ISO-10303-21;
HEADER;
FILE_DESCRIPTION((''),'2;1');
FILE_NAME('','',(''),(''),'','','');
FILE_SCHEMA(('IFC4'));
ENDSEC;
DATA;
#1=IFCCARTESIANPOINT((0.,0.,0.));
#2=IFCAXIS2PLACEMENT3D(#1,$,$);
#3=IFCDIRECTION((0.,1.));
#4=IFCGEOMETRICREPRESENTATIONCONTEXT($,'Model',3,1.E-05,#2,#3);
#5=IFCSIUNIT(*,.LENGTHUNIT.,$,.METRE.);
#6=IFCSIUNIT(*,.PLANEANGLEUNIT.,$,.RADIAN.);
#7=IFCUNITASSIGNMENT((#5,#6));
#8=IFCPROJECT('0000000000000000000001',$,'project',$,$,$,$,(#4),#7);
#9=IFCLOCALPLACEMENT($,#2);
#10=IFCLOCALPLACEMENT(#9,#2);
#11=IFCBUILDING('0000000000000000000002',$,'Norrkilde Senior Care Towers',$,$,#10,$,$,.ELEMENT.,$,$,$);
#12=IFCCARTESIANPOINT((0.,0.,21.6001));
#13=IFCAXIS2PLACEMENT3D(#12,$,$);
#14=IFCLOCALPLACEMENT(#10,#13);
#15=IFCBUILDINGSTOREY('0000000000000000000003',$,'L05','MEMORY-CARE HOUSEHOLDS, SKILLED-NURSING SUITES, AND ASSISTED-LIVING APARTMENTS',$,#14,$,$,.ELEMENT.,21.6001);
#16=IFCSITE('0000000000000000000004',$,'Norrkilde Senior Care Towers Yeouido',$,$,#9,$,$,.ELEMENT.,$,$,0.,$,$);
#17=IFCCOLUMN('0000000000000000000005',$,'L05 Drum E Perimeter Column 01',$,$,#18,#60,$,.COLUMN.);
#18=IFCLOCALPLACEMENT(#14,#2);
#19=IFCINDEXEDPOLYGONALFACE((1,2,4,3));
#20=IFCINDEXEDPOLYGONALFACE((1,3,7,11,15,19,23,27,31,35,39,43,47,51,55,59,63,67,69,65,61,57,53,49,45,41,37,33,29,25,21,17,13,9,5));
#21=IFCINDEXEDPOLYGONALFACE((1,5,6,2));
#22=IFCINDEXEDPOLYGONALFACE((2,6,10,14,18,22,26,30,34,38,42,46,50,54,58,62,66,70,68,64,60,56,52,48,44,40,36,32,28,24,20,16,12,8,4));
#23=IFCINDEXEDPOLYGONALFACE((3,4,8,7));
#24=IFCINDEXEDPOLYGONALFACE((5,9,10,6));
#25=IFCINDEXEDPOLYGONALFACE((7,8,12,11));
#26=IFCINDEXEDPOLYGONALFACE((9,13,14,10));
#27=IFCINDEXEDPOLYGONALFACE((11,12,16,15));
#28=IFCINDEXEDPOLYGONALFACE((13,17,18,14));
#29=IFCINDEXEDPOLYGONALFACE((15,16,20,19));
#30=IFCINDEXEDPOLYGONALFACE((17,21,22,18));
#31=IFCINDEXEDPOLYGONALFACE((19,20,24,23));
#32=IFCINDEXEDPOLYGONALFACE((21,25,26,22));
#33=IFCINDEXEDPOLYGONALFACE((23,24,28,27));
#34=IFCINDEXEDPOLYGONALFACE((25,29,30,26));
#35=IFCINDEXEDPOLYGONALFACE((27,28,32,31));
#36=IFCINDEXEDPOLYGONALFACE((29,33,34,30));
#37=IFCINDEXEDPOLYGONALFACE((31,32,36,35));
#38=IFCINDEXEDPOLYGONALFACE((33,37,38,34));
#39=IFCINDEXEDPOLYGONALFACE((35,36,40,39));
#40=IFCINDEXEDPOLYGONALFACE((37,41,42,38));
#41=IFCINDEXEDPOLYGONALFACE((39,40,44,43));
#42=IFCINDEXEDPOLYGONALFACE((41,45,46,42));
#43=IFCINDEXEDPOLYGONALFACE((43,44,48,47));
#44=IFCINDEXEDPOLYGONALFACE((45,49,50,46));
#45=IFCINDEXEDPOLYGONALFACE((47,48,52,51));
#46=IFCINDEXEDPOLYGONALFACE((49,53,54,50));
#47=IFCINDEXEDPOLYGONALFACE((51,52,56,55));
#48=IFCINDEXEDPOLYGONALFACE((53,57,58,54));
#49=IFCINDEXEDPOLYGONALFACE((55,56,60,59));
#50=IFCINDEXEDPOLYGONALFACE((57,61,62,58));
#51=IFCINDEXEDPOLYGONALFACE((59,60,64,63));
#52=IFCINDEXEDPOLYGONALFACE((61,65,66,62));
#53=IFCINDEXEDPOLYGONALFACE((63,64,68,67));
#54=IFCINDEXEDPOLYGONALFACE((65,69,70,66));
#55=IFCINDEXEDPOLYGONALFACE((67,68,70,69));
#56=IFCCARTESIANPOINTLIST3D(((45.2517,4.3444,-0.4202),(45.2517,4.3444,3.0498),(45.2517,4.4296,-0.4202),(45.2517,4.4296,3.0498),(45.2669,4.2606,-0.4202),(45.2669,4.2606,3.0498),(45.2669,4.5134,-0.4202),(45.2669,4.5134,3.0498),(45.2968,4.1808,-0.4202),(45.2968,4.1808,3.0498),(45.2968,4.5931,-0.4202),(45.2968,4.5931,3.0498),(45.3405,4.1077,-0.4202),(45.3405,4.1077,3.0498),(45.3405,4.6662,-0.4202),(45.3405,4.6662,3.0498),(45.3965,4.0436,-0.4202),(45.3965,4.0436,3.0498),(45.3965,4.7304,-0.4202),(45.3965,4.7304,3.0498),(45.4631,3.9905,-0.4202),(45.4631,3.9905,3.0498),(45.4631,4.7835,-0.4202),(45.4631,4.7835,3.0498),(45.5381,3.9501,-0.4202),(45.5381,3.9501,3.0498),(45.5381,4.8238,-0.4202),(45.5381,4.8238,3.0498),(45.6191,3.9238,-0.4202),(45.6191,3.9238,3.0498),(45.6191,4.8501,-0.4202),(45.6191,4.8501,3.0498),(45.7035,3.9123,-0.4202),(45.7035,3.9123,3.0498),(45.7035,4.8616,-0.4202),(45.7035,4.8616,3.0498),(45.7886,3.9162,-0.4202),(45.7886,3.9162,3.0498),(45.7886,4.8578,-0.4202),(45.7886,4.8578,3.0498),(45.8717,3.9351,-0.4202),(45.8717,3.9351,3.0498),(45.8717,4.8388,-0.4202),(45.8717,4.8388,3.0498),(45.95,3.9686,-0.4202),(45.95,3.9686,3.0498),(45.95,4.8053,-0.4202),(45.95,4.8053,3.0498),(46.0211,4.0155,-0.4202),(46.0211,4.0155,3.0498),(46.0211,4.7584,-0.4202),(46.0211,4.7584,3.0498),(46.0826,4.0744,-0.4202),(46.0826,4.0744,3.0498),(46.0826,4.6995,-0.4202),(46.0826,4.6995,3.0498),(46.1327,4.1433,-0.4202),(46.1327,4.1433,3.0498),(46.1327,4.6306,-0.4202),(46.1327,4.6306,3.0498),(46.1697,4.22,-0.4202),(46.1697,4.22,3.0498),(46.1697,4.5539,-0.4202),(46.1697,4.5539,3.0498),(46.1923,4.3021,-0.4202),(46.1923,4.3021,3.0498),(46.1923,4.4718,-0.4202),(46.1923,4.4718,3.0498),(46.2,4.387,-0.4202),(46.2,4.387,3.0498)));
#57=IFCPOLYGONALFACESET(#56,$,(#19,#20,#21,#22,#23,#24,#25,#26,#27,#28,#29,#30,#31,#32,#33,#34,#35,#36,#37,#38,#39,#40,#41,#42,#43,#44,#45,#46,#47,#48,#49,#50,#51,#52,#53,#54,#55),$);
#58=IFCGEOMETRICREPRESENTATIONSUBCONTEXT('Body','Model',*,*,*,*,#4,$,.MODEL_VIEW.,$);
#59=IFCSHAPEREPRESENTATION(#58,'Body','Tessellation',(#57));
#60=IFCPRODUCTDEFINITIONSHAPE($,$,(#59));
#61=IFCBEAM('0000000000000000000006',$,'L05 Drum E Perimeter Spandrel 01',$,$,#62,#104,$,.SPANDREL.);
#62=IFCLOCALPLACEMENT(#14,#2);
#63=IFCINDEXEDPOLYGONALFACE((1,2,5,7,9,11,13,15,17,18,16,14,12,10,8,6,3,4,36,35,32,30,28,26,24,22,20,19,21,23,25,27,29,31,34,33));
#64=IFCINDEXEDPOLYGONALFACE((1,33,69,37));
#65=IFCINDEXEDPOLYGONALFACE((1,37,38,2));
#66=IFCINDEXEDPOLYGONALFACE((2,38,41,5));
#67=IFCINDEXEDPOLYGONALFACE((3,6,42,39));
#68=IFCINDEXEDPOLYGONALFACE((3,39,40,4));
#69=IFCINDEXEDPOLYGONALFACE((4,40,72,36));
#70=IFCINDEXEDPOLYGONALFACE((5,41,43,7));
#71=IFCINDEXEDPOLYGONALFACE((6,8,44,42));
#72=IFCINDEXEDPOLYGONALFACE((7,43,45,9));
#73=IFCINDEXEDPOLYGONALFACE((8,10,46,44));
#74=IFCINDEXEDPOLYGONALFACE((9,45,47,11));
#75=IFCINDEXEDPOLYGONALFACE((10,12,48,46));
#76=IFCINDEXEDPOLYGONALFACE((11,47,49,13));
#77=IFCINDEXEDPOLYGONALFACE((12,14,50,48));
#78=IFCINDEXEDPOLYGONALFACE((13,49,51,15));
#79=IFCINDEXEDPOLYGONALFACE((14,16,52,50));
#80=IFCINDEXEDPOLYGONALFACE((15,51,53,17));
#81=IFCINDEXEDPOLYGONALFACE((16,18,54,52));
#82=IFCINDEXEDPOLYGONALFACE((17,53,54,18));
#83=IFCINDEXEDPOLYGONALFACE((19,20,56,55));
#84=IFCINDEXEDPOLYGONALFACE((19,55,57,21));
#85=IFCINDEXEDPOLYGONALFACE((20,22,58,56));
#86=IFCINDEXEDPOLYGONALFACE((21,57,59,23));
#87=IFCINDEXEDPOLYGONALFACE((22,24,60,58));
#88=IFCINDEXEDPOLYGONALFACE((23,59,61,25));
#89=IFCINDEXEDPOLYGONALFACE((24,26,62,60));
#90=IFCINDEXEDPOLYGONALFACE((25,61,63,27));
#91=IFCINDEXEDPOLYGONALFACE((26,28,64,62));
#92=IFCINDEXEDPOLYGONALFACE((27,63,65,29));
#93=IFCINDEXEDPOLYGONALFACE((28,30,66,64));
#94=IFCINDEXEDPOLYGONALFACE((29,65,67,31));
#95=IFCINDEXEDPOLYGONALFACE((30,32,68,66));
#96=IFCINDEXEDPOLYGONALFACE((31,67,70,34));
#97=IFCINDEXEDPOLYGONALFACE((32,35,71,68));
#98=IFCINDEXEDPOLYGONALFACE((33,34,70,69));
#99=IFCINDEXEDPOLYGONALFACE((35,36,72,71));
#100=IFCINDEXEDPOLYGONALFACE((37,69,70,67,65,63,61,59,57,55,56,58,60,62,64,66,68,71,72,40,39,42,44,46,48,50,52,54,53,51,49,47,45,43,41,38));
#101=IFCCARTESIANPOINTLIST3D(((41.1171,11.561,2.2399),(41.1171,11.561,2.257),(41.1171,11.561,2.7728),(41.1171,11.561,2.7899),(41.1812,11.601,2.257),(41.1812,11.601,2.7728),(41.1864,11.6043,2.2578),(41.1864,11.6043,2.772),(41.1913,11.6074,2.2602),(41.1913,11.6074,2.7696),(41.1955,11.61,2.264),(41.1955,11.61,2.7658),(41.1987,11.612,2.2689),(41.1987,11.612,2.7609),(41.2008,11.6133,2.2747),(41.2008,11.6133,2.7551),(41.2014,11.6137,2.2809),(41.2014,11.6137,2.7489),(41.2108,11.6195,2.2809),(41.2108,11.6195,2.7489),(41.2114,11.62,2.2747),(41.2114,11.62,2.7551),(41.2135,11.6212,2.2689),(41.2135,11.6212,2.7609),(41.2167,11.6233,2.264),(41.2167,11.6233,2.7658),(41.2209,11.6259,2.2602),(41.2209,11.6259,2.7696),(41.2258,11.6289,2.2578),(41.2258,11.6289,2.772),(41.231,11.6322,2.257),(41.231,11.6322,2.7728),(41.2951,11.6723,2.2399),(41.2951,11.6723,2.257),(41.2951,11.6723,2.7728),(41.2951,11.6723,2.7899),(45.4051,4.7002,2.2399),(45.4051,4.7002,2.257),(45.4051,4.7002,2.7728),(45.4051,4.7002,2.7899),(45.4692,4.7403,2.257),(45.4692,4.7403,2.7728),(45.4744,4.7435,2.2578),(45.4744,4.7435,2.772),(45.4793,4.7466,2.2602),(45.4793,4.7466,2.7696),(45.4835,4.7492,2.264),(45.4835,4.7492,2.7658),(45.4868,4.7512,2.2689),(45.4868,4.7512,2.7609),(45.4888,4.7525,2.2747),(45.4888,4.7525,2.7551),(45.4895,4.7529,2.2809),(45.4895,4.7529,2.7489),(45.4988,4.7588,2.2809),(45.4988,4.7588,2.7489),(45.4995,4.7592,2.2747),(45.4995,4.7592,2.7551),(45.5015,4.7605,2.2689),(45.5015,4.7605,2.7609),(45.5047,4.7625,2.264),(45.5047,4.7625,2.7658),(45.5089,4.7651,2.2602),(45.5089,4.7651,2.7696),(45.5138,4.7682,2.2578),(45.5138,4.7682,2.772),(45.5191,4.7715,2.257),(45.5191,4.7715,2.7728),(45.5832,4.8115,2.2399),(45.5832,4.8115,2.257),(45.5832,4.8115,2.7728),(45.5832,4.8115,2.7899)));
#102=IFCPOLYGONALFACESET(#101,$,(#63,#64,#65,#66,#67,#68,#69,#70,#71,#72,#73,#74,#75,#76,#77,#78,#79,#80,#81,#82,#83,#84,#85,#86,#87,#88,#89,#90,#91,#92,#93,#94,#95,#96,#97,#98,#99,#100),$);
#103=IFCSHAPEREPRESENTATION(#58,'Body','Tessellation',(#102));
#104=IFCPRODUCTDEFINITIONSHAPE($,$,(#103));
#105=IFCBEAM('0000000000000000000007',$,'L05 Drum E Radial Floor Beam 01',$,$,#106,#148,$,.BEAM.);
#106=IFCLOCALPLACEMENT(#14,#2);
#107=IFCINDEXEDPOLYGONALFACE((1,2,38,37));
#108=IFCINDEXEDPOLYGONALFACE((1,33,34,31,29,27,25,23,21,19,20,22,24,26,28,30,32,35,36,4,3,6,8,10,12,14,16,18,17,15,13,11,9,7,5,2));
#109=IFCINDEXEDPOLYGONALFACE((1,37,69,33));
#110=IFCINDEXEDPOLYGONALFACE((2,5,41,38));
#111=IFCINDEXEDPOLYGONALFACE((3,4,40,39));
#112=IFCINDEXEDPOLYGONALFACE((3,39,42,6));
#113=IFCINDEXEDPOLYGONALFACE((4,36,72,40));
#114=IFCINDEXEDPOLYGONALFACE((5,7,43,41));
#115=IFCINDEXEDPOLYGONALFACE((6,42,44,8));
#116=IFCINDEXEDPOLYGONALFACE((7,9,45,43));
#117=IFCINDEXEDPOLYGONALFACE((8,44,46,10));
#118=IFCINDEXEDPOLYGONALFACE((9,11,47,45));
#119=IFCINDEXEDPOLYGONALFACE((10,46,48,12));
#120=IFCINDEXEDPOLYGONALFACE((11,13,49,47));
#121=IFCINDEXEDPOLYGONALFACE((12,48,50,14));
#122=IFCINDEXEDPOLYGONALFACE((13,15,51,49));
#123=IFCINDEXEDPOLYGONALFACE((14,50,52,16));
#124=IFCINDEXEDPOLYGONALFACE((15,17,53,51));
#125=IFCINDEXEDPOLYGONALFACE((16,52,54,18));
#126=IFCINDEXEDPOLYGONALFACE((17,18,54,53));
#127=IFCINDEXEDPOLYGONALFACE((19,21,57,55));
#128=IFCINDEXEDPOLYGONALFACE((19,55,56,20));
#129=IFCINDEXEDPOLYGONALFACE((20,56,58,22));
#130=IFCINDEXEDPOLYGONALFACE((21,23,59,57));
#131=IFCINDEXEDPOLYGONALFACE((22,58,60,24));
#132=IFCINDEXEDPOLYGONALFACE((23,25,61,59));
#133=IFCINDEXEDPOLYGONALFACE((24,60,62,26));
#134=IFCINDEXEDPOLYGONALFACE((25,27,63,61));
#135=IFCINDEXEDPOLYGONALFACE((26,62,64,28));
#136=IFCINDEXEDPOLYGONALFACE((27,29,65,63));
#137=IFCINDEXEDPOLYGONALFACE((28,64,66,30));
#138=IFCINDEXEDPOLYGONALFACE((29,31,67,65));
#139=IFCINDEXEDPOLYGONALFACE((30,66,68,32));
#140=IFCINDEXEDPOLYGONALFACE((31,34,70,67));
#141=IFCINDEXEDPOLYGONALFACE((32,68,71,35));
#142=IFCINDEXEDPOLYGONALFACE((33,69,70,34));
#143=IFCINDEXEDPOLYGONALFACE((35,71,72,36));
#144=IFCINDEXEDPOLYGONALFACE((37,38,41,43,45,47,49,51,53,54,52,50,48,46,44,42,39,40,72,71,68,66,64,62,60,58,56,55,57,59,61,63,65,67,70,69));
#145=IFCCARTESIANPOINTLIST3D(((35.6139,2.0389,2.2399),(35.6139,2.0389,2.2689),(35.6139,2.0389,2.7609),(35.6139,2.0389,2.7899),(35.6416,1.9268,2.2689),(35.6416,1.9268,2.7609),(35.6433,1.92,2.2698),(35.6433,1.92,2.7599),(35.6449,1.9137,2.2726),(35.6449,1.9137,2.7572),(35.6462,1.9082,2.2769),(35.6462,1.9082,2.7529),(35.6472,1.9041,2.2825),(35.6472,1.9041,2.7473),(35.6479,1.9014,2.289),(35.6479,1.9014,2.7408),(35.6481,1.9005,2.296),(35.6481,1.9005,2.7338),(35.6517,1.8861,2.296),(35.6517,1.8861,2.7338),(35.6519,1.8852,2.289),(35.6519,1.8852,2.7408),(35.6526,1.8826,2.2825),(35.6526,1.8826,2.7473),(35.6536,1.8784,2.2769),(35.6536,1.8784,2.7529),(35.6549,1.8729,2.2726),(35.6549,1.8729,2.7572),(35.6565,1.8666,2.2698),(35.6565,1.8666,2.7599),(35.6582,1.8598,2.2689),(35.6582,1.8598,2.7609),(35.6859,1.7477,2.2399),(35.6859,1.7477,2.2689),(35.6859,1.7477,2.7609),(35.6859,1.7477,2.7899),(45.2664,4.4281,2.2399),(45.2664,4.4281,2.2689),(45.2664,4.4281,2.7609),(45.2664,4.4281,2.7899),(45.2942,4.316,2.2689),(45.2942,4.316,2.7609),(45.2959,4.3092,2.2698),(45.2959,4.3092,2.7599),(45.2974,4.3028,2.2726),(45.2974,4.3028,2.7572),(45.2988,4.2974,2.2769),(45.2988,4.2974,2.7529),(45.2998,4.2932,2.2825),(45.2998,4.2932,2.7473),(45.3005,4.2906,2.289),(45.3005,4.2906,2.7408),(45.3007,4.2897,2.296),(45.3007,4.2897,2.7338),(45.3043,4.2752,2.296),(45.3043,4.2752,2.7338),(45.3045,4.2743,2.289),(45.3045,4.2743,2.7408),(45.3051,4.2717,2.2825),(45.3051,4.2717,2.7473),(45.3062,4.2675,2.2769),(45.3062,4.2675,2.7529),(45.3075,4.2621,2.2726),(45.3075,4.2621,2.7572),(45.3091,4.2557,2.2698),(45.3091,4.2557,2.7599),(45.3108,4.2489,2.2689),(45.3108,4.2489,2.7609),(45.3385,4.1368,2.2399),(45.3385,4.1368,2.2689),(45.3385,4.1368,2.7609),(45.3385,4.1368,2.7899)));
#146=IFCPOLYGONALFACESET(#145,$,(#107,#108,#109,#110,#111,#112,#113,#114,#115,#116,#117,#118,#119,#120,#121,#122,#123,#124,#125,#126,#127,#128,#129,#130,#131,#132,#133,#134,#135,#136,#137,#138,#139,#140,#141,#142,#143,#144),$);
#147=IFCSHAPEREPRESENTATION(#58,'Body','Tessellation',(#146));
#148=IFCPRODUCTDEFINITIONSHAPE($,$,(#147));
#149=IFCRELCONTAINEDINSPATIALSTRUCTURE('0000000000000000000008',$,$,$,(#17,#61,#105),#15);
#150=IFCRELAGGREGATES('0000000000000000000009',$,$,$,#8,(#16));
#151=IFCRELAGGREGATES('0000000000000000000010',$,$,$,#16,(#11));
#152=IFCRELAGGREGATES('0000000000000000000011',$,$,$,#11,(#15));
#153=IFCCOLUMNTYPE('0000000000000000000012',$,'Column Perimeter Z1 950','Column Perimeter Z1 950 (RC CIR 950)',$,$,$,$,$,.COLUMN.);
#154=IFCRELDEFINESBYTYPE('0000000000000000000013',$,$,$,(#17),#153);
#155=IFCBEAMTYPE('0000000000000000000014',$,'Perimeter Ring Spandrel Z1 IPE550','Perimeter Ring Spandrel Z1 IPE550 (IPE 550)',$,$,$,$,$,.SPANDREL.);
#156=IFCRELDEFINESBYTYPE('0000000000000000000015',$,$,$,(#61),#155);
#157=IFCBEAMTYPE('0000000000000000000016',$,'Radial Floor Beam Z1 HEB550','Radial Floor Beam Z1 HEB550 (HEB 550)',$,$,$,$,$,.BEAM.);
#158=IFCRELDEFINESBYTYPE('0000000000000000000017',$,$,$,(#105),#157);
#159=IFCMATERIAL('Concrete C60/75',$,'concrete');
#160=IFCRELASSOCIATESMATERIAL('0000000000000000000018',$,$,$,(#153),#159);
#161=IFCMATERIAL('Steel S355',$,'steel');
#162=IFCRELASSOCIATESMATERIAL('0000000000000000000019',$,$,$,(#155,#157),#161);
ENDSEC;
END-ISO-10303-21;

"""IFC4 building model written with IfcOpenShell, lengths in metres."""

from ifc_helpers import new_model, si_unit, direction, frame, origin, origin_2d, place, context, subcontext, project, spatial, circle, i_section, extrude, source, transform, mapped, material, material_profile, profile_set, type_object, type_shapes, element, save


model = new_model("IFC4")

# Units and contexts
model_context = context("Model", 3, precision=1e-05, world=origin(), true_north=direction((0.0, 1.0)))
body_context = subcontext(model_context, "Body", "Model", "MODEL_VIEW")
ifc_project = project(units=[si_unit("LENGTHUNIT", "METRE"), si_unit("PLANEANGLEUNIT", "RADIAN")], contexts=[model_context])

# Site, building, storey
site_placement = place(None, origin())
site = spatial("IfcSite", under=ifc_project, at=site_placement, Name="Norrkilde Senior Care Towers Yeouido", CompositionType="ELEMENT", RefElevation=0.0)
building_placement = place(site_placement, origin())
building = spatial("IfcBuilding", under=site, at=building_placement, Name="Norrkilde Senior Care Towers", CompositionType="ELEMENT")
storey_placement = place(building_placement, frame((0.0, 0.0, 21.6001)))
storey = spatial("IfcBuildingStorey", under=building, at=storey_placement, Name="L05", Description="MEMORY-CARE HOUSEHOLDS, SKILLED-NURSING SUITES, AND ASSISTED-LIVING APARTMENTS", CompositionType="ELEMENT", Elevation=21.6001)

# Column
ifc_material_1 = material(Name="Concrete C60/75", Category="concrete")
ifc_material_profile_1 = material_profile(ifc_material_1, circle(Radius=0.4751, at=origin_2d()), Name="RC CIR 950")
ifc_profile_set_1 = profile_set([ifc_material_profile_1], Name="Concrete C60/75")
column_type = type_object("IfcColumnType", Name="Column Perimeter Z1 950", Description="Column Perimeter Z1 950 (RC CIR 950)", PredefinedType="COLUMN", material=ifc_profile_set_1)
shared_shape_1 = source(origin(), body_context, "Body", "SweptSolid", [
    extrude(circle(Radius=0.4751, at=origin_2d()), origin(), (0.0, 0.0, 1.0), 3.47),
])
type_shapes(column_type, [shared_shape_1])
column_placement = place(storey_placement, frame((45.7249, 4.387, -0.4202), z_axis=(0.0, 0.0, 1.0), x_axis=(1.0, 0.0, 0.0)))
element("IfcColumn", 1, at=column_placement, inside=storey, type_object=column_type, Name="L05 Drum E Perimeter Column 01", PredefinedType="COLUMN", context=body_context, shape_type="MappedRepresentation", body=[
    mapped(shared_shape_1, transform((0.0, 0.0, 0.0), x_axis=(1.0, 0.0, 0.0), y_axis=(0.0, 1.0, 0.0), z_axis=(0.0, 0.0, 1.0), scale=1.0)),
])

# Beams
ifc_material_2 = material(Name="Steel S355", Category="steel")
ifc_material_profile_2 = material_profile(ifc_material_2, i_section(OverallWidth=0.21, OverallDepth=0.55, WebThickness=0.011, FlangeThickness=0.0171, FilletRadius=0.0239, at=origin_2d()), Name="IPE 550")
ifc_profile_set_2 = profile_set([ifc_material_profile_2], Name="Steel S355")
beam_type_1 = type_object("IfcBeamType", Name="Perimeter Ring Spandrel Z1 IPE550", Description="Perimeter Ring Spandrel Z1 IPE550 (IPE 550)", PredefinedType="SPANDREL", material=ifc_profile_set_2)
shared_shape_2 = source(origin(), body_context, "Body", "SweptSolid", [
    extrude(i_section(OverallWidth=0.21, OverallDepth=0.55, WebThickness=0.011, FlangeThickness=0.0171, FilletRadius=0.0239, at=origin_2d()), origin(), (0.0, 0.0, 1.0), 8.0906),
])
type_shapes(beam_type_1, [shared_shape_2])
beam_1_placement = place(storey_placement, frame((45.4941, 4.7559, 2.5149), z_axis=(-0.530004, 0.847995, 0.0), x_axis=(-0.847995, -0.530004, 0.0)))
element("IfcBeam", 2, at=beam_1_placement, inside=storey, type_object=beam_type_1, Name="L05 Drum E Perimeter Spandrel 01", PredefinedType="SPANDREL", context=body_context, shape_type="MappedRepresentation", body=[
    mapped(shared_shape_2, transform((0.0, 0.0, 0.0), x_axis=(1.0, 0.0, 0.0), y_axis=(0.0, 1.0, 0.0), z_axis=(0.0, 0.0, 1.0), scale=1.0)),
])
ifc_material_profile_3 = material_profile(ifc_material_2, i_section(OverallWidth=0.3, OverallDepth=0.55, WebThickness=0.0149, FlangeThickness=0.0291, FilletRadius=0.0271, at=origin_2d()), Name="HEB 550")
ifc_profile_set_3 = profile_set([ifc_material_profile_3], Name="Steel S355")
beam_type_2 = type_object("IfcBeamType", Name="Radial Floor Beam Z1 HEB550", Description="Radial Floor Beam Z1 HEB550 (HEB 550)", PredefinedType="BEAM", material=ifc_profile_set_3)
shared_shape_3 = source(origin(), body_context, "Body", "SweptSolid", [
    extrude(i_section(OverallWidth=0.3, OverallDepth=0.55, WebThickness=0.0149, FlangeThickness=0.0291, FilletRadius=0.0271, at=origin_2d()), origin(), (0.0, 0.0, 1.0), 9.9438),
])
type_shapes(beam_type_2, [shared_shape_3])
beam_2_placement = place(storey_placement, frame((35.6499, 1.8933, 2.5149), z_axis=(0.970707, 0.240265, 0.0), x_axis=(-0.240265, 0.970707, 0.0)))
element("IfcBeam", 3, at=beam_2_placement, inside=storey, type_object=beam_type_2, Name="L05 Drum E Radial Floor Beam 01", PredefinedType="BEAM", context=body_context, shape_type="MappedRepresentation", body=[
    mapped(shared_shape_3, transform((0.0, 0.0, 0.0), x_axis=(1.0, 0.0, 0.0), y_axis=(0.0, 1.0, 0.0), z_axis=(0.0, 0.0, 1.0), scale=1.0)),
])

save(model, "model.ifc")
